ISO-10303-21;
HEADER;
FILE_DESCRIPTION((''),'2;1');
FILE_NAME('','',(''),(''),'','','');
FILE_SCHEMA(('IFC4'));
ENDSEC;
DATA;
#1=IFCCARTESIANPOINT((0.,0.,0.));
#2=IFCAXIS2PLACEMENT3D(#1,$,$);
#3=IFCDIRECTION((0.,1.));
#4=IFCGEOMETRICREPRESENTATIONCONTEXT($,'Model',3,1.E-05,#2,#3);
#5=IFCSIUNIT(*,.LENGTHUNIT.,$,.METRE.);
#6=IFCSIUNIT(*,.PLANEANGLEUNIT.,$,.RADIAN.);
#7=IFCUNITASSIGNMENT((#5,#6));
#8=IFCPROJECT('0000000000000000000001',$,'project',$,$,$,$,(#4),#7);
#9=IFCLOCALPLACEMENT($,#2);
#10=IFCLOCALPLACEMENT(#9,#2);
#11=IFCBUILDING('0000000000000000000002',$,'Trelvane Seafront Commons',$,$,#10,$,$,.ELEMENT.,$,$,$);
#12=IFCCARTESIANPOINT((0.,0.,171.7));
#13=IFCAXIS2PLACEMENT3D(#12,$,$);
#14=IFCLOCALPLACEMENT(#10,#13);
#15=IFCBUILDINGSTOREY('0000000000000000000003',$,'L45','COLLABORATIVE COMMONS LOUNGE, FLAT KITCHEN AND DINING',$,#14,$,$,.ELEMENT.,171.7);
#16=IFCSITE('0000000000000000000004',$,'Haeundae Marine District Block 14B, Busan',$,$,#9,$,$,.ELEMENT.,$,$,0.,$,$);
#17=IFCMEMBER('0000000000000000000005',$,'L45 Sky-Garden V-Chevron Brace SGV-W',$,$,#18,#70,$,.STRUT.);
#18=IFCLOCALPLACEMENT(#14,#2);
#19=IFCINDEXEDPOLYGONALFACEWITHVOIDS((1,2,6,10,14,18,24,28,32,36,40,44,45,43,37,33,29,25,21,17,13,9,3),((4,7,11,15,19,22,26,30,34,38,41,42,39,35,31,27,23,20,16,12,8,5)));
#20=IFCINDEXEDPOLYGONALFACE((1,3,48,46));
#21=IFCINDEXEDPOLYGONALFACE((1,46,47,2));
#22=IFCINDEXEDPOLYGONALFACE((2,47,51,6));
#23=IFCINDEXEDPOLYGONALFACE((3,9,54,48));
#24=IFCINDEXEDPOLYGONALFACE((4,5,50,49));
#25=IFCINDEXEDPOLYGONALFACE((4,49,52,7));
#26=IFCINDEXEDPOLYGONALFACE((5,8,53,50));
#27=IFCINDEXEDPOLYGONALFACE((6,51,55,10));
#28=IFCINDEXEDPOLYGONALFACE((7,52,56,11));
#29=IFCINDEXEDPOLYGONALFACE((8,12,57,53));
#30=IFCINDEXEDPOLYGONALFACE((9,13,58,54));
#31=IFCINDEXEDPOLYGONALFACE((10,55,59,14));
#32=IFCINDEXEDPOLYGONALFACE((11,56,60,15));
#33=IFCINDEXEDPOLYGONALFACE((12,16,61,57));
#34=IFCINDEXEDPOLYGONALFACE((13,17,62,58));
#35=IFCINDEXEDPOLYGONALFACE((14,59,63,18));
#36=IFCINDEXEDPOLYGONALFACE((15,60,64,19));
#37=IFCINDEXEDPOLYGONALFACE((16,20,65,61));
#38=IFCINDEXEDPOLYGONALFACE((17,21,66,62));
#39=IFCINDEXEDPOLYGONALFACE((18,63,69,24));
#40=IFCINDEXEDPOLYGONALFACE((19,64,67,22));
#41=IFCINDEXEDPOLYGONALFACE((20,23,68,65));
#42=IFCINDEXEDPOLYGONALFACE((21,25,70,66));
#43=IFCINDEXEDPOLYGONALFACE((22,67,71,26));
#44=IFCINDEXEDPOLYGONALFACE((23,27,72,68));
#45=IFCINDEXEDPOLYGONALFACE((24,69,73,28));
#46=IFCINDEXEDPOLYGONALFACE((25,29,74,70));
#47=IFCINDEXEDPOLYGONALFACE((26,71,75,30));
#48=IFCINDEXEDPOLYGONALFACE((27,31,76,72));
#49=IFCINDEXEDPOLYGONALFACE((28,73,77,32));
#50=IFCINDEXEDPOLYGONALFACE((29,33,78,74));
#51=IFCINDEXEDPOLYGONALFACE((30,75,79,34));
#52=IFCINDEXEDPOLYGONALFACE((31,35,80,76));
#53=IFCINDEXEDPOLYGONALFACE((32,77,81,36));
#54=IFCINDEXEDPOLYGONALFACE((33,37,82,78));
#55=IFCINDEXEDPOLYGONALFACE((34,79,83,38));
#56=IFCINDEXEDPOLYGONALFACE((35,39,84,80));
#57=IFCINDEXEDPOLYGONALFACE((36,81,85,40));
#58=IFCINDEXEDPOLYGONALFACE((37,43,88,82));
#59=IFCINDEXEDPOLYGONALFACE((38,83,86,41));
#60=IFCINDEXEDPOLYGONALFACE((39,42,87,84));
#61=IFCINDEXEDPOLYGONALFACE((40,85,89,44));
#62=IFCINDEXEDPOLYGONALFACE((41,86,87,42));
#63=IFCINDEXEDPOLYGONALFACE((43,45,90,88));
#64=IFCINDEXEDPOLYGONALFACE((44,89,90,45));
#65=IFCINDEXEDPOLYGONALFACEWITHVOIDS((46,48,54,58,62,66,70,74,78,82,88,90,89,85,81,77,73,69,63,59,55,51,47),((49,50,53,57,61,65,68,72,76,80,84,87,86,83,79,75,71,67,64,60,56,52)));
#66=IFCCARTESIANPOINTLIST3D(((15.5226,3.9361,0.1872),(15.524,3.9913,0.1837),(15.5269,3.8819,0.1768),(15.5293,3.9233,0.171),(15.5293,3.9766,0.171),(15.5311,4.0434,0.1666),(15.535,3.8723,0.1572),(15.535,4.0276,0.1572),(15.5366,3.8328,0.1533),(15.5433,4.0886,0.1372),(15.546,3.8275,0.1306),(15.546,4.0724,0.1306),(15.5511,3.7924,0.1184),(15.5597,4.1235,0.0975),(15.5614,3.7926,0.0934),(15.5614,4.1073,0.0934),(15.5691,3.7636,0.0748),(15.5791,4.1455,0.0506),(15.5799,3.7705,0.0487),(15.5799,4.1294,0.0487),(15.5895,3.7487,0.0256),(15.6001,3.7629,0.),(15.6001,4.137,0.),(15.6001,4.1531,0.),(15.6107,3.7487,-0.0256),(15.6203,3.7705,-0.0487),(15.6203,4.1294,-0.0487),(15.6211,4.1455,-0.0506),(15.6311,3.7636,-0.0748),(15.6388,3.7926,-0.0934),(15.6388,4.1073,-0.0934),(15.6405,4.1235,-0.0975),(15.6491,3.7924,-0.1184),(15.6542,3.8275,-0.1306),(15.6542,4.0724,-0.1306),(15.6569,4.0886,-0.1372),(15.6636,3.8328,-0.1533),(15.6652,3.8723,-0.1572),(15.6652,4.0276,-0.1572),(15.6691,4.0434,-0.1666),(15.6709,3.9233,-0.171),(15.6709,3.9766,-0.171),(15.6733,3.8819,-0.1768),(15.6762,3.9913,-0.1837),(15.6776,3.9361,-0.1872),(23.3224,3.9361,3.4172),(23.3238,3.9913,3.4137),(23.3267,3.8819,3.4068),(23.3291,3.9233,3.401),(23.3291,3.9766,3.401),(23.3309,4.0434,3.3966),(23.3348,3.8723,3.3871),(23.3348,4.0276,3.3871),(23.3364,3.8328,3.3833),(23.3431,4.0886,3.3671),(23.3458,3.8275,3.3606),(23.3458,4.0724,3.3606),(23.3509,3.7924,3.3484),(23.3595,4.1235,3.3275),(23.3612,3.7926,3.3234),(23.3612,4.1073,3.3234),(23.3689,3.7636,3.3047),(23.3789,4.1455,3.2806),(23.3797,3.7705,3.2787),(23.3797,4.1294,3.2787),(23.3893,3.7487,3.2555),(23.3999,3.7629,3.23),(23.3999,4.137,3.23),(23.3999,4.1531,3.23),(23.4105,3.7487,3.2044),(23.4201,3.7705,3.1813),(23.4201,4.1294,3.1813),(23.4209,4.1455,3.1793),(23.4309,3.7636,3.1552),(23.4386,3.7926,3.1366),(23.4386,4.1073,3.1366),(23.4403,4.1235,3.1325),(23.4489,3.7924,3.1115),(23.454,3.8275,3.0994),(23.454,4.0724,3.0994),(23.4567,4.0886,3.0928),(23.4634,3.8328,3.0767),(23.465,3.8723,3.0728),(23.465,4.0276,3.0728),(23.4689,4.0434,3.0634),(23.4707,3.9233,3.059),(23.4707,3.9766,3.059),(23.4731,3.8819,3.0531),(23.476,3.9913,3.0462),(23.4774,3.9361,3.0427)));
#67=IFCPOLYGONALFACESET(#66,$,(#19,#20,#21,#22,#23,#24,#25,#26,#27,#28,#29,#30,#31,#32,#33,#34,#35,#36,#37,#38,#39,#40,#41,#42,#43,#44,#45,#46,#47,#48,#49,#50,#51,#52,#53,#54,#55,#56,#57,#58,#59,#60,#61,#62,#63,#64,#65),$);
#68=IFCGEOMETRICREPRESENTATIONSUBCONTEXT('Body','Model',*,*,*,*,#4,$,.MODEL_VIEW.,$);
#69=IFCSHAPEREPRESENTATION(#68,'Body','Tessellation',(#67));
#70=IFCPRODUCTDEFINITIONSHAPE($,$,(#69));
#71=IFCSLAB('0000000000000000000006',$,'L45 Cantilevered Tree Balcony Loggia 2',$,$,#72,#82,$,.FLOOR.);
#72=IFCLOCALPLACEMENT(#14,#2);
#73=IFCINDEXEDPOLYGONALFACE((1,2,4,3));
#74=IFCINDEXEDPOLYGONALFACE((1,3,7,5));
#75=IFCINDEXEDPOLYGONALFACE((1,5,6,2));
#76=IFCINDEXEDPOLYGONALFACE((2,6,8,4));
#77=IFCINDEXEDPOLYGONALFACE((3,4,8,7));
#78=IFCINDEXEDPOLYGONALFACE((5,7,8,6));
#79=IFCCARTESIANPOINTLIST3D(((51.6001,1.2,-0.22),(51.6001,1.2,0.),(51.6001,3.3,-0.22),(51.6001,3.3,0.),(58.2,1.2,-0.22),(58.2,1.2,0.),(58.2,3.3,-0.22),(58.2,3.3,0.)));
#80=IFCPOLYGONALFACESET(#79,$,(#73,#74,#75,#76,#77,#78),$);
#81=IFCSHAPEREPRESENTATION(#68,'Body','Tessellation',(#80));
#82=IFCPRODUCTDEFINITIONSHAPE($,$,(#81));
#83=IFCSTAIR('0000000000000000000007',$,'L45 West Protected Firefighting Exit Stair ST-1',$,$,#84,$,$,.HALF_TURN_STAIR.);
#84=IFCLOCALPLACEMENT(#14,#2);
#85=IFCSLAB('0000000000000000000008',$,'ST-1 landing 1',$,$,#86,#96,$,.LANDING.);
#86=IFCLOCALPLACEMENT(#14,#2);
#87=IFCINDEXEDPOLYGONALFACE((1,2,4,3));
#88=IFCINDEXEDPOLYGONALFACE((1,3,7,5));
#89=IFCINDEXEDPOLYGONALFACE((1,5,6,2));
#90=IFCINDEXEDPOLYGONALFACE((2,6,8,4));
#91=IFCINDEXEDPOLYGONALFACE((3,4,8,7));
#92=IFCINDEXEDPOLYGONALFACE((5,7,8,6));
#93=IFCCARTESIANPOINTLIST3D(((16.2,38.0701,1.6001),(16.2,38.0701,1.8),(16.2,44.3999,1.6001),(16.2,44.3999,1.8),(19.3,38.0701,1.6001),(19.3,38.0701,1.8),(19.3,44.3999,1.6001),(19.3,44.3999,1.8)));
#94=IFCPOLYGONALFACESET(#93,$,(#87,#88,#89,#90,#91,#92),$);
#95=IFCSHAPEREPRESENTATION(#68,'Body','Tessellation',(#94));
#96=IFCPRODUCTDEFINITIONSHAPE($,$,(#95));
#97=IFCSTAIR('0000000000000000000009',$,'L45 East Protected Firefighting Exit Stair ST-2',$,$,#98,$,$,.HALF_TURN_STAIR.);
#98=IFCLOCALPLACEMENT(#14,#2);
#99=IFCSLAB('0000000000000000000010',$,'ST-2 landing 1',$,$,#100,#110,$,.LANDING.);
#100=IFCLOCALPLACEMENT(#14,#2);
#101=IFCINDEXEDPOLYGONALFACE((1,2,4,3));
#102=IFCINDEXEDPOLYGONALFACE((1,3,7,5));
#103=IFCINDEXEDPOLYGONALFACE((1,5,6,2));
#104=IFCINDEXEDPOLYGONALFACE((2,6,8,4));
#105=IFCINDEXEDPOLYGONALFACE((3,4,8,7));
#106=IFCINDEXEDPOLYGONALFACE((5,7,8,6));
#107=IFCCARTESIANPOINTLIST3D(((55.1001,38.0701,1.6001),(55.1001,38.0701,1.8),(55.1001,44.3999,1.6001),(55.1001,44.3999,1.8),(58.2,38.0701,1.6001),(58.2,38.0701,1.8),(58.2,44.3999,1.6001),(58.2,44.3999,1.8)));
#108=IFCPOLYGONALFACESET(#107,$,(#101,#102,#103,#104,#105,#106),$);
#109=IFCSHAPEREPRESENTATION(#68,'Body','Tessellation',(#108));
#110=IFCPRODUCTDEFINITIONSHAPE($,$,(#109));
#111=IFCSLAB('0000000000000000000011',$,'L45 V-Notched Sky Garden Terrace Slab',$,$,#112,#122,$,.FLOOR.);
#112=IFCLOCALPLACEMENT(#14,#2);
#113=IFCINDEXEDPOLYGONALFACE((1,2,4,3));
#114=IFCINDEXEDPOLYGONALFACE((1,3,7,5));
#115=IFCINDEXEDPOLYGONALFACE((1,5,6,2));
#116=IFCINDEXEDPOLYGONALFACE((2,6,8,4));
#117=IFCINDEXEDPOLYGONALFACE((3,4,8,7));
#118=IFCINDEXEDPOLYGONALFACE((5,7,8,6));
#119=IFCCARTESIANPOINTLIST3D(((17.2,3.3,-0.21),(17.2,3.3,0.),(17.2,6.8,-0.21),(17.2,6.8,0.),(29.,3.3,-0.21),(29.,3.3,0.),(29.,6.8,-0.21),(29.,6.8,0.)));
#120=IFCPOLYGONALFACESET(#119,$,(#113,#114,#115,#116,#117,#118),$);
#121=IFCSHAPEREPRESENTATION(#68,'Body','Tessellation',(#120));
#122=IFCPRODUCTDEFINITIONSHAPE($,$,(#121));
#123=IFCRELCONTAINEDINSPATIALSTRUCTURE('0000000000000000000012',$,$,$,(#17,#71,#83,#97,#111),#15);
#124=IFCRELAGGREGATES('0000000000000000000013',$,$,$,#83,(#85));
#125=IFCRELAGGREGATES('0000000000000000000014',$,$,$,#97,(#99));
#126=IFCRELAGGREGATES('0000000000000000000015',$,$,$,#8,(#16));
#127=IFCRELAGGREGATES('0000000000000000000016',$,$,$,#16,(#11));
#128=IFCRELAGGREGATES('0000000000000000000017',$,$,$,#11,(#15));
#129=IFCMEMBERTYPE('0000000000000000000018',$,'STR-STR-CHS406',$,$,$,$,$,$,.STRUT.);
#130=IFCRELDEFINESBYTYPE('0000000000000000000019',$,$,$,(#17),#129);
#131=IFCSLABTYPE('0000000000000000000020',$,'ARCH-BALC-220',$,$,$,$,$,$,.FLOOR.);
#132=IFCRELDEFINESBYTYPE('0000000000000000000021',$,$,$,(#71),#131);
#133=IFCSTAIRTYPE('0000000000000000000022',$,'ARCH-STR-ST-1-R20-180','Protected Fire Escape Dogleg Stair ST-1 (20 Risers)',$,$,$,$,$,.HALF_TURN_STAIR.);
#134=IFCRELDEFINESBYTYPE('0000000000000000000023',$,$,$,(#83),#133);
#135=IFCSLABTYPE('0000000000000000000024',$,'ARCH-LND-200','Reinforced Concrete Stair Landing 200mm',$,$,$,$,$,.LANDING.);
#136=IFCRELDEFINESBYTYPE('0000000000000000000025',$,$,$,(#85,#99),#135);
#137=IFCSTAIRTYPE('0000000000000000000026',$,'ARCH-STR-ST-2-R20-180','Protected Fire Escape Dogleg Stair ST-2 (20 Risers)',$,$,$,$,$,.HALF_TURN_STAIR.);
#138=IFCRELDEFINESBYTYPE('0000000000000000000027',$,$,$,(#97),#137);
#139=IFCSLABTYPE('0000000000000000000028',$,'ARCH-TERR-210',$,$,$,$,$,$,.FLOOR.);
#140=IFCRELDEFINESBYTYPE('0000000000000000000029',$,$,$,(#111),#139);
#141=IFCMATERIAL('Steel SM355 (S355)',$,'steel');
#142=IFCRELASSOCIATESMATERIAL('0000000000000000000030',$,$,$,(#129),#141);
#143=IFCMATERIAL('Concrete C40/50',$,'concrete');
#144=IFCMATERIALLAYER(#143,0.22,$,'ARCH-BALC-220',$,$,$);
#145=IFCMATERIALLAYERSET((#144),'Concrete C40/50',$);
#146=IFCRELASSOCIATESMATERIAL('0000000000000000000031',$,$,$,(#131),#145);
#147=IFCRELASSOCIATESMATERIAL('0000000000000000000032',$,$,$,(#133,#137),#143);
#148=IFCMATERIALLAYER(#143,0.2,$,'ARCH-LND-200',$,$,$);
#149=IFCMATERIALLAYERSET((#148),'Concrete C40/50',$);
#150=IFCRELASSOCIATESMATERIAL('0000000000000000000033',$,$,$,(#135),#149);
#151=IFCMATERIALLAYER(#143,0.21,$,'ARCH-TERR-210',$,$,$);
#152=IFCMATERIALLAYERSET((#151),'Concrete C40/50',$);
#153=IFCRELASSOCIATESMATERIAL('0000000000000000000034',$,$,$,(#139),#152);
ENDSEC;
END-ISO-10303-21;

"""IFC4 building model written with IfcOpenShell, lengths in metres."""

from ifc_helpers import new_model, si_unit, direction, frame, origin, origin_2d, place, context, subcontext, project, spatial, polyline, hollow_circle, outline, extrude, source, transform, mapped, material, layer, layer_set, material_profile, profile_set, type_object, element, aggregate, save


model = new_model("IFC4")

# Units and contexts
model_context = context("Model", 3, precision=1e-05, world=origin(), true_north=direction((0.0, 1.0)))
body_context = subcontext(model_context, "Body", "Model", "MODEL_VIEW")
ifc_project = project(units=[si_unit("LENGTHUNIT", "METRE"), si_unit("PLANEANGLEUNIT", "RADIAN")], contexts=[model_context])

# Site, building, storey
site_placement = place(None, origin())
site = spatial("IfcSite", under=ifc_project, at=site_placement, Name="Haeundae Marine District Block 14B, Busan", CompositionType="ELEMENT", RefElevation=0.0)
building_placement = place(site_placement, origin())
building = spatial("IfcBuilding", under=site, at=building_placement, Name="Trelvane Seafront Commons", CompositionType="ELEMENT")
storey_placement = place(building_placement, frame((0.0, 0.0, 171.7)))
storey = spatial("IfcBuildingStorey", under=building, at=storey_placement, Name="L45", Description="COLLABORATIVE COMMONS LOUNGE, FLAT KITCHEN AND DINING", CompositionType="ELEMENT", Elevation=171.7)

# Shared definitions
ifc_material_1 = material(Name="Steel SM355 (S355)", Category="steel")

# Member
ifc_material_profile_1 = material_profile(ifc_material_1, hollow_circle(Radius=0.2031, WallThickness=0.0161, at=origin_2d()), Name="CHS-406.4x16")
ifc_profile_set_1 = profile_set([ifc_material_profile_1], Name="Steel SM355 (S355)")
member_type = type_object("IfcMemberType", Name="STR-STR-CHS406", PredefinedType="STRUT", material=ifc_profile_set_1)
shared_shape_1 = source(origin(), body_context, "Body", "SweptSolid", [
    extrude(hollow_circle(Radius=0.2031, WallThickness=0.0161, at=origin_2d()), origin(), (0.0, 0.0, 1.0), 8.4421),
])
member_placement = place(storey_placement, frame((15.6001, 3.95, 0.0), z_axis=(0.923913, 0.0, 0.382602), x_axis=(0.0, 1.0, 0.0)))
element("IfcMember", 1, at=member_placement, inside=storey, type_object=member_type, Name="L45 Sky-Garden V-Chevron Brace SGV-W", PredefinedType="STRUT", context=body_context, shape_type="MappedRepresentation", body=[
    mapped(shared_shape_1, transform((0.0, 0.0, 0.0), x_axis=(1.0, 0.0, 0.0), y_axis=(0.0, 1.0, 0.0), z_axis=(0.0, 0.0, 1.0), scale=1.0)),
])

# Slab
ifc_material_2 = material(Name="Concrete C40/50", Category="concrete")
ifc_layer_1 = layer(ifc_material_2, 0.22, Name="ARCH-BALC-220")
ifc_layer_set_1 = layer_set([ifc_layer_1], Name="Concrete C40/50")
slab_type_1 = type_object("IfcSlabType", Name="ARCH-BALC-220", PredefinedType="FLOOR", material=ifc_layer_set_1)
slab_1_placement = place(storey_placement, frame((0.0, 0.0, -0.22)))
element("IfcSlab", 2, at=slab_1_placement, inside=storey, type_object=slab_type_1, Name="L45 Cantilevered Tree Balcony Loggia 2", PredefinedType="FLOOR", context=body_context, shape_type="SweptSolid", body=[
    extrude(outline(polyline([(51.6001, 1.2), (58.2, 1.2), (58.2, 3.3), (51.6001, 3.3), (51.6001, 1.2)])), origin(), (0.0, 0.0, 1.0), 0.22),
])

# Stairs, slabs
stair_type_1 = type_object("IfcStairType", Name="ARCH-STR-ST-1-R20-180", Description="Protected Fire Escape Dogleg Stair ST-1 (20 Risers)", PredefinedType="HALF_TURN_STAIR", material=ifc_material_2)
stair_1_placement = place(storey_placement, origin())
stair_1 = element("IfcStair", 3, at=stair_1_placement, inside=storey, type_object=stair_type_1, Name="L45 West Protected Firefighting Exit Stair ST-1", PredefinedType="HALF_TURN_STAIR")
ifc_layer_2 = layer(ifc_material_2, 0.2, Name="ARCH-LND-200")
ifc_layer_set_2 = layer_set([ifc_layer_2], Name="Concrete C40/50")
slab_type_2 = type_object("IfcSlabType", Name="ARCH-LND-200", Description="Reinforced Concrete Stair Landing 200mm", PredefinedType="LANDING", material=ifc_layer_set_2)
slab_2_placement = place(storey_placement, frame((0.0, 0.0, 1.6001)))
slab_2 = element("IfcSlab", 4, at=slab_2_placement, type_object=slab_type_2, Name="ST-1 landing 1", PredefinedType="LANDING", context=body_context, shape_type="SweptSolid", body=[
    extrude(outline(polyline([(19.3, 38.0701), (19.3, 44.3999), (16.2, 44.3999), (16.2, 38.0701), (19.3, 38.0701)])), origin(), (0.0, 0.0, 1.0), 0.2),
])
aggregate(stair_1, [slab_2])
stair_type_2 = type_object("IfcStairType", Name="ARCH-STR-ST-2-R20-180", Description="Protected Fire Escape Dogleg Stair ST-2 (20 Risers)", PredefinedType="HALF_TURN_STAIR", material=ifc_material_2)
stair_2_placement = place(storey_placement, origin())
stair_2 = element("IfcStair", 5, at=stair_2_placement, inside=storey, type_object=stair_type_2, Name="L45 East Protected Firefighting Exit Stair ST-2", PredefinedType="HALF_TURN_STAIR")
slab_3_placement = place(storey_placement, frame((0.0, 0.0, 1.6001)))
slab_3 = element("IfcSlab", 6, at=slab_3_placement, type_object=slab_type_2, Name="ST-2 landing 1", PredefinedType="LANDING", context=body_context, shape_type="SweptSolid", body=[
    extrude(outline(polyline([(58.2, 38.0701), (58.2, 44.3999), (55.1001, 44.3999), (55.1001, 38.0701), (58.2, 38.0701)])), origin(), (0.0, 0.0, 1.0), 0.2),
])
aggregate(stair_2, [slab_3])

# Slab
ifc_layer_3 = layer(ifc_material_2, 0.21, Name="ARCH-TERR-210")
ifc_layer_set_3 = layer_set([ifc_layer_3], Name="Concrete C40/50")
slab_type_3 = type_object("IfcSlabType", Name="ARCH-TERR-210", PredefinedType="FLOOR", material=ifc_layer_set_3)
slab_4_placement = place(storey_placement, frame((0.0, 0.0, -0.21)))
element("IfcSlab", 7, at=slab_4_placement, inside=storey, type_object=slab_type_3, Name="L45 V-Notched Sky Garden Terrace Slab", PredefinedType="FLOOR", context=body_context, shape_type="SweptSolid", body=[
    extrude(outline(polyline([(17.2, 3.3), (29.0, 3.3), (29.0, 6.8), (17.2, 6.8), (17.2, 3.3)])), origin(), (0.0, 0.0, 1.0), 0.21),
])

save(model, "model.ifc")
